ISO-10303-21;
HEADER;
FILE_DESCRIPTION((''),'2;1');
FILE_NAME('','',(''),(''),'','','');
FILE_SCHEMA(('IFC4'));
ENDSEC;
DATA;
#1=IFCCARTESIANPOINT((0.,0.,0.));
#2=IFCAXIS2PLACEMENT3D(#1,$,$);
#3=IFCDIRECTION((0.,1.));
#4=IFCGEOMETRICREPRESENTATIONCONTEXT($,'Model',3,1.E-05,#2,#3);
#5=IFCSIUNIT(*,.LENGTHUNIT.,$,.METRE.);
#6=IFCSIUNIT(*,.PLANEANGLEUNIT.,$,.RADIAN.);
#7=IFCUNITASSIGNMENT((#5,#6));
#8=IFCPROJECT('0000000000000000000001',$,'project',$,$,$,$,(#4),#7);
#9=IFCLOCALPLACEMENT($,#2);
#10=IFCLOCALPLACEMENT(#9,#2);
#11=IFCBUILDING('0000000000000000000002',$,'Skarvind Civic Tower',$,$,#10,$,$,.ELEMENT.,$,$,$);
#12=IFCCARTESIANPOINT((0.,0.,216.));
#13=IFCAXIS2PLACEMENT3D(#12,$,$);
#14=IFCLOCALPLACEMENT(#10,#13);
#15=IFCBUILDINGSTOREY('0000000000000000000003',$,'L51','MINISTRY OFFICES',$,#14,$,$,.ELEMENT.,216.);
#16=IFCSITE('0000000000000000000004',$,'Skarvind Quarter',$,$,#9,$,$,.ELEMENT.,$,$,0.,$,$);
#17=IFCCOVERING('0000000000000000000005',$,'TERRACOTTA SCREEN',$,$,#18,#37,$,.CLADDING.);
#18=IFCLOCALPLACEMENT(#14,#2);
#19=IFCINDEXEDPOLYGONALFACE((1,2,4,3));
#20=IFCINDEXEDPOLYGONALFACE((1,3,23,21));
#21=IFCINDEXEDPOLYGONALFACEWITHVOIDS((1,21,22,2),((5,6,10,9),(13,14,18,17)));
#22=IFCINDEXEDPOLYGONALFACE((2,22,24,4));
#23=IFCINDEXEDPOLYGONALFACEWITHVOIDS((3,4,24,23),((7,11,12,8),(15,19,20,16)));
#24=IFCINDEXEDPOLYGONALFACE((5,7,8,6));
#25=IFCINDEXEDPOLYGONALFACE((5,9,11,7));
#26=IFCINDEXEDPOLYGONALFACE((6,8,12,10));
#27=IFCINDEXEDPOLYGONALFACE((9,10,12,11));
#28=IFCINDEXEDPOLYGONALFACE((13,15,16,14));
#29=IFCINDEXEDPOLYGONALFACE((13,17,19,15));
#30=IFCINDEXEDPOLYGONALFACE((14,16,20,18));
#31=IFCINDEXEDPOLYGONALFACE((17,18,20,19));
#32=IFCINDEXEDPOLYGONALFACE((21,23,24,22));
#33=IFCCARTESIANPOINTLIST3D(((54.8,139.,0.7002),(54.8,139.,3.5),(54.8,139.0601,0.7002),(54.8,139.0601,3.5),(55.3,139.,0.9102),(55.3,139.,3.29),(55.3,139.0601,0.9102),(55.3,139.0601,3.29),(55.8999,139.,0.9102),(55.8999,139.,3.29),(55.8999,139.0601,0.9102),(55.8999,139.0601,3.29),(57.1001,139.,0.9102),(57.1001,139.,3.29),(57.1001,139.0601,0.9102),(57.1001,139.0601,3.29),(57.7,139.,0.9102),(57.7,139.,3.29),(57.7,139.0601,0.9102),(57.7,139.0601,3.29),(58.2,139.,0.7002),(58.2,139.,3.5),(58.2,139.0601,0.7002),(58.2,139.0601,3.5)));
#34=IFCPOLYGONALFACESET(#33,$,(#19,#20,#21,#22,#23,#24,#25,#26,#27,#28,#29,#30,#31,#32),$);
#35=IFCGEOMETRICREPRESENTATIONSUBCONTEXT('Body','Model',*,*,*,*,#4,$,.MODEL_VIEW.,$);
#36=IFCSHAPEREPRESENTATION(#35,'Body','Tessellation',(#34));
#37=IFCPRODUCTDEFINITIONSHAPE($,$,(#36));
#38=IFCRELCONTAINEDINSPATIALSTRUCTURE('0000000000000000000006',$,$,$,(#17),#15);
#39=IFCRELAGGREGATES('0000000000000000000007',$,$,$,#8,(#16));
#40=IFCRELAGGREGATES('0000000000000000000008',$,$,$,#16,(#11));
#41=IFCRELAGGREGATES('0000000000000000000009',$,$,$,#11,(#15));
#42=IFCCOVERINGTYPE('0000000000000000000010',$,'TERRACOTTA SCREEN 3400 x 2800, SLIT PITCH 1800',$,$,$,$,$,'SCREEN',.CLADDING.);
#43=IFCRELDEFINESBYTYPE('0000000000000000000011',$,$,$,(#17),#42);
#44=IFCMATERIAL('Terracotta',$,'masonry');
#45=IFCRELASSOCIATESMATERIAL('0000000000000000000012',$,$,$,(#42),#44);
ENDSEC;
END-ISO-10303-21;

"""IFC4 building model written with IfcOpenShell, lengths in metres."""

from ifc_helpers import new_model, si_unit, direction, frame, origin, place, context, subcontext, project, spatial, polyline, outline, extrude, material, material_profile, profile_set, type_object, element, save


model = new_model("IFC4")

# Units and contexts
model_context = context("Model", 3, precision=1e-05, world=origin(), true_north=direction((0.0, 1.0)))
body_context = subcontext(model_context, "Body", "Model", "MODEL_VIEW")
ifc_project = project(units=[si_unit("LENGTHUNIT", "METRE"), si_unit("PLANEANGLEUNIT", "RADIAN")], contexts=[model_context])

# Site, building, storey
site_placement = place(None, origin())
site = spatial("IfcSite", under=ifc_project, at=site_placement, Name="Skarvind Quarter", CompositionType="ELEMENT", RefElevation=0.0)
building_placement = place(site_placement, origin())
building = spatial("IfcBuilding", under=site, at=building_placement, Name="Skarvind Civic Tower", CompositionType="ELEMENT")
storey_placement = place(building_placement, frame((0.0, 0.0, 216.0)))
storey = spatial("IfcBuildingStorey", under=building, at=storey_placement, Name="L51", Description="MINISTRY OFFICES", CompositionType="ELEMENT", Elevation=216.0)

# Covering
ifc_material_1 = material(Name="Terracotta", Category="masonry")
ifc_material_profile_1 = material_profile(ifc_material_1, outline(polyline([(-1.7, -1.3999), (1.7, -1.3999), (1.7, 1.3999), (-1.7, 1.3999), (-1.7, -1.3999)]), holes=[polyline([(-1.2, -1.1899), (-0.6001, -1.1899), (-0.6001, 1.1899), (-1.2, 1.1899), (-1.2, -1.1899)]), polyline([(0.6001, -1.1899), (1.2, -1.1899), (1.2, 1.1899), (0.6001, 1.1899), (0.6001, -1.1899)])]), Name="TERRACOTTA SCREEN 3400 x 2800, SLIT PITCH 1800")
ifc_profile_set_1 = profile_set([ifc_material_profile_1], Name="Terracotta")
covering_type = type_object("IfcCoveringType", Name="TERRACOTTA SCREEN 3400 x 2800, SLIT PITCH 1800", ElementType="SCREEN", PredefinedType="CLADDING", material=ifc_profile_set_1)
for number, where, z_axis, x_axis, name in (
    (1, (56.5, 139.0, 2.1001), (0.0, 1.0, 0.0), (-1.0, 0.0, 0.0), "TERRACOTTA SCREEN"),
):
    element("IfcCovering", number, at=place(storey_placement, frame(where, z_axis=z_axis, x_axis=x_axis)), inside=storey, type_object=covering_type, Name=name, PredefinedType="CLADDING", context=body_context, shape_type="SweptSolid", body=[
        extrude(outline(polyline([(-1.7, -1.3999), (1.7, -1.3999), (1.7, 1.3999), (-1.7, 1.3999), (-1.7, -1.3999)]), holes=[polyline([(-1.2, -1.1899), (-0.6001, -1.1899), (-0.6001, 1.1899), (-1.2, 1.1899), (-1.2, -1.1899)]), polyline([(0.6001, -1.1899), (1.2, -1.1899), (1.2, 1.1899), (0.6001, 1.1899), (0.6001, -1.1899)])]), origin(), (0.0, 0.0, 1.0), 0.0601),
    ])

save(model, "model.ifc")
